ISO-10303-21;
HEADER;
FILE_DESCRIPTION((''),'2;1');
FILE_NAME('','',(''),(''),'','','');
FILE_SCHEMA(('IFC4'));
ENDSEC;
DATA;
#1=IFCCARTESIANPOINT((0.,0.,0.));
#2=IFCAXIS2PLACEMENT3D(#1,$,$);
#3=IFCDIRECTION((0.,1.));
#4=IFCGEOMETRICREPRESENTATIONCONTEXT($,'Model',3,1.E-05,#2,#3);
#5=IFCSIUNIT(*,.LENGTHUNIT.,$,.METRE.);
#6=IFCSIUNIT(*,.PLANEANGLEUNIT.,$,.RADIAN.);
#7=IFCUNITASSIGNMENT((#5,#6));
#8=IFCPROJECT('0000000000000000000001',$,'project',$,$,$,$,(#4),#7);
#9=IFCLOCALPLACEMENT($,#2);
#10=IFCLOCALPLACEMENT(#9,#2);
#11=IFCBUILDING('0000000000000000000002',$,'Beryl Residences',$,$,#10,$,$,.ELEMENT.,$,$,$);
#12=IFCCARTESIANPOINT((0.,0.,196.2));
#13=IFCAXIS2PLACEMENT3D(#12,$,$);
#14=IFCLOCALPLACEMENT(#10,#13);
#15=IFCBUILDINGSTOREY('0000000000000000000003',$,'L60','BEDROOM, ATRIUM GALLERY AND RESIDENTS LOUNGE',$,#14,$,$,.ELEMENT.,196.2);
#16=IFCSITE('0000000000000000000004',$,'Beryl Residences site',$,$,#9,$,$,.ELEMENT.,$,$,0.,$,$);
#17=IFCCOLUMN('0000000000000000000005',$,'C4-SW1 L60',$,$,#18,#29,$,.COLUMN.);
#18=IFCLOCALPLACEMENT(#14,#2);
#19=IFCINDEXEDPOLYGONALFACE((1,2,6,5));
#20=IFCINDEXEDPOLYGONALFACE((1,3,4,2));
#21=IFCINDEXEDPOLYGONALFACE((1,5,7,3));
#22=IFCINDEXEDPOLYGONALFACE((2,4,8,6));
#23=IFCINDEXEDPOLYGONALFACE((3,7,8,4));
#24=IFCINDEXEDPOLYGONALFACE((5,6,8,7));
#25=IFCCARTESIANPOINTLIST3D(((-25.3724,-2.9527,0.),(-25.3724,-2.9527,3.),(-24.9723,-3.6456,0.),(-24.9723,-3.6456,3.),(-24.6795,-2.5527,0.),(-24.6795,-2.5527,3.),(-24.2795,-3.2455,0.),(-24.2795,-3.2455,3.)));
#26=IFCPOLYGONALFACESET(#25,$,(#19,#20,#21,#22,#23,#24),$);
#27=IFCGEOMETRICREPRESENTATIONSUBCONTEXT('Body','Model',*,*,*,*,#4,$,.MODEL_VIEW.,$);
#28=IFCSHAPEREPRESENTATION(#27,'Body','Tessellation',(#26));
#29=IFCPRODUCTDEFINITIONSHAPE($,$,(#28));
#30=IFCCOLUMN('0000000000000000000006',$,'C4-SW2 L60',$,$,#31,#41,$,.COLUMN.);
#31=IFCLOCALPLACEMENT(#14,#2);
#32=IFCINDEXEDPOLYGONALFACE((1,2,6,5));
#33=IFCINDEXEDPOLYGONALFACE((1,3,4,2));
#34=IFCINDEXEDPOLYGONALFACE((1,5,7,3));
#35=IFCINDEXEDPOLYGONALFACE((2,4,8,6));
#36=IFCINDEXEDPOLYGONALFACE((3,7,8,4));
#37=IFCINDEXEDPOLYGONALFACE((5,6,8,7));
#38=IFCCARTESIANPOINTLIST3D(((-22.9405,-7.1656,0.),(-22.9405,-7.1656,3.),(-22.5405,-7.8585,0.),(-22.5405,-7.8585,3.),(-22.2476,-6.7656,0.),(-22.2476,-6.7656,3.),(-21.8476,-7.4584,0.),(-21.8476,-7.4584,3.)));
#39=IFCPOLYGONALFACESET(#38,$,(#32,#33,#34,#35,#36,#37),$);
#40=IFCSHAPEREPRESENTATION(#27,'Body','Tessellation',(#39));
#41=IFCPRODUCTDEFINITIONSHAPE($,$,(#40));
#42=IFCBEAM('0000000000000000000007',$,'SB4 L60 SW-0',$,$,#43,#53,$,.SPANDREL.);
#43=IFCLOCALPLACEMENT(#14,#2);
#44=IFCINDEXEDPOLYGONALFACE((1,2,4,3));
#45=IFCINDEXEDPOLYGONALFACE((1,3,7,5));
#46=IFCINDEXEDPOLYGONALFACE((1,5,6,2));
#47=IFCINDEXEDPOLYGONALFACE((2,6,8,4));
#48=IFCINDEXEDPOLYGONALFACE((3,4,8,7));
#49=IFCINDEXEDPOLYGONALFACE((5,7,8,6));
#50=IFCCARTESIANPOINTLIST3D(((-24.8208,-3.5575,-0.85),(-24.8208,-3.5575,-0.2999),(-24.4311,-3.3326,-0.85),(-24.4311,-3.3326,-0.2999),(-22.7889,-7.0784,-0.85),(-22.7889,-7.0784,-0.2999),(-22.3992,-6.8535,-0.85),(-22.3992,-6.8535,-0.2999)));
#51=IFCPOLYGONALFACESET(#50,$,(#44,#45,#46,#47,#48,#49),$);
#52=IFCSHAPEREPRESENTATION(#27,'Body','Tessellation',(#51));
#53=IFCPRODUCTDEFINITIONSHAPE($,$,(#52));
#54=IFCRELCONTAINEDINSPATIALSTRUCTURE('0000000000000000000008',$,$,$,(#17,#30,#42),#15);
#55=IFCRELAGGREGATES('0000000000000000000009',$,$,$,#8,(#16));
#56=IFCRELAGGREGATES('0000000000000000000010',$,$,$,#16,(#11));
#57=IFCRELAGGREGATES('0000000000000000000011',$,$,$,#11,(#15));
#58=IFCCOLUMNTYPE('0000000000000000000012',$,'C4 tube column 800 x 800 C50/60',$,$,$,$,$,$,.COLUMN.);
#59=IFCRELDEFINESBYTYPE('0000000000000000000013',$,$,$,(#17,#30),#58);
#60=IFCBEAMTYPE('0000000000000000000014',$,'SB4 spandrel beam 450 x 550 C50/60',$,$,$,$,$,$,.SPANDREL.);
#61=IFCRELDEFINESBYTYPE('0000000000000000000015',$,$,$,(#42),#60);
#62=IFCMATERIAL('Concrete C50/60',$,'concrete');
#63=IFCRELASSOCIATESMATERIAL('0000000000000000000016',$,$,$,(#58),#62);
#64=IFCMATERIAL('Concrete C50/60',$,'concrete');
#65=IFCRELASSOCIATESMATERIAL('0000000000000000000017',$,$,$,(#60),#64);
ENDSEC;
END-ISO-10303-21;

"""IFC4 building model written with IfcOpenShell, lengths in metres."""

from ifc_helpers import new_model, si_unit, direction, frame, origin, origin_2d, place, context, subcontext, project, spatial, rectangle, extrude, material, material_profile, profile_set, type_object, element, save


model = new_model("IFC4")

# Units and contexts
model_context = context("Model", 3, precision=1e-05, world=origin(), true_north=direction((0.0, 1.0)))
body_context = subcontext(model_context, "Body", "Model", "MODEL_VIEW")
ifc_project = project(units=[si_unit("LENGTHUNIT", "METRE"), si_unit("PLANEANGLEUNIT", "RADIAN")], contexts=[model_context])

# Site, building, storey
site_placement = place(None, origin())
site = spatial("IfcSite", under=ifc_project, at=site_placement, Name="Beryl Residences site", CompositionType="ELEMENT", RefElevation=0.0)
building_placement = place(site_placement, origin())
building = spatial("IfcBuilding", under=site, at=building_placement, Name="Beryl Residences", CompositionType="ELEMENT")
storey_placement = place(building_placement, frame((0.0, 0.0, 196.2)))
storey = spatial("IfcBuildingStorey", under=building, at=storey_placement, Name="L60", Description="BEDROOM, ATRIUM GALLERY AND RESIDENTS LOUNGE", CompositionType="ELEMENT", Elevation=196.2)

# Columns
ifc_material_1 = material(Name="Concrete C50/60", Category="concrete")
ifc_material_profile_1 = material_profile(ifc_material_1, rectangle(XDim=0.8, YDim=0.8, at=origin_2d()))
ifc_profile_set_1 = profile_set([ifc_material_profile_1], Name="Concrete C50/60")
column_type = type_object("IfcColumnType", Name="C4 tube column 800 x 800 C50/60", PredefinedType="COLUMN", material=ifc_profile_set_1)
for number, where, z_axis, x_axis, name in (
    (1, (-24.8259, -3.0991, 0.0), (0.0, 0.0, 1.0), (0.5, -0.866025, 0.0), "C4-SW1 L60"),
    (2, (-22.394, -7.312, 0.0), (0.0, 0.0, 1.0), (0.5, -0.866025, 0.0), "C4-SW2 L60"),
):
    element("IfcColumn", number, at=place(storey_placement, frame(where, z_axis=z_axis, x_axis=x_axis)), inside=storey, type_object=column_type, Name=name, PredefinedType="COLUMN", context=body_context, shape_type="SweptSolid", body=[
        extrude(rectangle(XDim=0.8, YDim=0.8, at=origin_2d()), origin(), (0.0, 0.0, 1.0), 3.0),
    ])

# Beam
ifc_material_2 = material(Name="Concrete C50/60", Category="concrete")
ifc_material_profile_2 = material_profile(ifc_material_2, rectangle(XDim=0.45, YDim=0.55, at=origin_2d()))
ifc_profile_set_2 = profile_set([ifc_material_profile_2], Name="Concrete C50/60")
beam_type = type_object("IfcBeamType", Name="SB4 spandrel beam 450 x 550 C50/60", PredefinedType="SPANDREL", material=ifc_profile_set_2)
beam_placement = place(storey_placement, frame((-24.626, -3.4451, -0.575), z_axis=(0.49984, -0.866118, 0.0), x_axis=(0.866118, 0.49984, 0.0)))
element("IfcBeam", 3, at=beam_placement, inside=storey, type_object=beam_type, Name="SB4 L60 SW-0", PredefinedType="SPANDREL", context=body_context, shape_type="SweptSolid", body=[
    extrude(rectangle(XDim=0.45, YDim=0.55, at=origin_2d()), origin(), (0.0, 0.0, 1.0), 4.0652),
])

save(model, "model.ifc")
